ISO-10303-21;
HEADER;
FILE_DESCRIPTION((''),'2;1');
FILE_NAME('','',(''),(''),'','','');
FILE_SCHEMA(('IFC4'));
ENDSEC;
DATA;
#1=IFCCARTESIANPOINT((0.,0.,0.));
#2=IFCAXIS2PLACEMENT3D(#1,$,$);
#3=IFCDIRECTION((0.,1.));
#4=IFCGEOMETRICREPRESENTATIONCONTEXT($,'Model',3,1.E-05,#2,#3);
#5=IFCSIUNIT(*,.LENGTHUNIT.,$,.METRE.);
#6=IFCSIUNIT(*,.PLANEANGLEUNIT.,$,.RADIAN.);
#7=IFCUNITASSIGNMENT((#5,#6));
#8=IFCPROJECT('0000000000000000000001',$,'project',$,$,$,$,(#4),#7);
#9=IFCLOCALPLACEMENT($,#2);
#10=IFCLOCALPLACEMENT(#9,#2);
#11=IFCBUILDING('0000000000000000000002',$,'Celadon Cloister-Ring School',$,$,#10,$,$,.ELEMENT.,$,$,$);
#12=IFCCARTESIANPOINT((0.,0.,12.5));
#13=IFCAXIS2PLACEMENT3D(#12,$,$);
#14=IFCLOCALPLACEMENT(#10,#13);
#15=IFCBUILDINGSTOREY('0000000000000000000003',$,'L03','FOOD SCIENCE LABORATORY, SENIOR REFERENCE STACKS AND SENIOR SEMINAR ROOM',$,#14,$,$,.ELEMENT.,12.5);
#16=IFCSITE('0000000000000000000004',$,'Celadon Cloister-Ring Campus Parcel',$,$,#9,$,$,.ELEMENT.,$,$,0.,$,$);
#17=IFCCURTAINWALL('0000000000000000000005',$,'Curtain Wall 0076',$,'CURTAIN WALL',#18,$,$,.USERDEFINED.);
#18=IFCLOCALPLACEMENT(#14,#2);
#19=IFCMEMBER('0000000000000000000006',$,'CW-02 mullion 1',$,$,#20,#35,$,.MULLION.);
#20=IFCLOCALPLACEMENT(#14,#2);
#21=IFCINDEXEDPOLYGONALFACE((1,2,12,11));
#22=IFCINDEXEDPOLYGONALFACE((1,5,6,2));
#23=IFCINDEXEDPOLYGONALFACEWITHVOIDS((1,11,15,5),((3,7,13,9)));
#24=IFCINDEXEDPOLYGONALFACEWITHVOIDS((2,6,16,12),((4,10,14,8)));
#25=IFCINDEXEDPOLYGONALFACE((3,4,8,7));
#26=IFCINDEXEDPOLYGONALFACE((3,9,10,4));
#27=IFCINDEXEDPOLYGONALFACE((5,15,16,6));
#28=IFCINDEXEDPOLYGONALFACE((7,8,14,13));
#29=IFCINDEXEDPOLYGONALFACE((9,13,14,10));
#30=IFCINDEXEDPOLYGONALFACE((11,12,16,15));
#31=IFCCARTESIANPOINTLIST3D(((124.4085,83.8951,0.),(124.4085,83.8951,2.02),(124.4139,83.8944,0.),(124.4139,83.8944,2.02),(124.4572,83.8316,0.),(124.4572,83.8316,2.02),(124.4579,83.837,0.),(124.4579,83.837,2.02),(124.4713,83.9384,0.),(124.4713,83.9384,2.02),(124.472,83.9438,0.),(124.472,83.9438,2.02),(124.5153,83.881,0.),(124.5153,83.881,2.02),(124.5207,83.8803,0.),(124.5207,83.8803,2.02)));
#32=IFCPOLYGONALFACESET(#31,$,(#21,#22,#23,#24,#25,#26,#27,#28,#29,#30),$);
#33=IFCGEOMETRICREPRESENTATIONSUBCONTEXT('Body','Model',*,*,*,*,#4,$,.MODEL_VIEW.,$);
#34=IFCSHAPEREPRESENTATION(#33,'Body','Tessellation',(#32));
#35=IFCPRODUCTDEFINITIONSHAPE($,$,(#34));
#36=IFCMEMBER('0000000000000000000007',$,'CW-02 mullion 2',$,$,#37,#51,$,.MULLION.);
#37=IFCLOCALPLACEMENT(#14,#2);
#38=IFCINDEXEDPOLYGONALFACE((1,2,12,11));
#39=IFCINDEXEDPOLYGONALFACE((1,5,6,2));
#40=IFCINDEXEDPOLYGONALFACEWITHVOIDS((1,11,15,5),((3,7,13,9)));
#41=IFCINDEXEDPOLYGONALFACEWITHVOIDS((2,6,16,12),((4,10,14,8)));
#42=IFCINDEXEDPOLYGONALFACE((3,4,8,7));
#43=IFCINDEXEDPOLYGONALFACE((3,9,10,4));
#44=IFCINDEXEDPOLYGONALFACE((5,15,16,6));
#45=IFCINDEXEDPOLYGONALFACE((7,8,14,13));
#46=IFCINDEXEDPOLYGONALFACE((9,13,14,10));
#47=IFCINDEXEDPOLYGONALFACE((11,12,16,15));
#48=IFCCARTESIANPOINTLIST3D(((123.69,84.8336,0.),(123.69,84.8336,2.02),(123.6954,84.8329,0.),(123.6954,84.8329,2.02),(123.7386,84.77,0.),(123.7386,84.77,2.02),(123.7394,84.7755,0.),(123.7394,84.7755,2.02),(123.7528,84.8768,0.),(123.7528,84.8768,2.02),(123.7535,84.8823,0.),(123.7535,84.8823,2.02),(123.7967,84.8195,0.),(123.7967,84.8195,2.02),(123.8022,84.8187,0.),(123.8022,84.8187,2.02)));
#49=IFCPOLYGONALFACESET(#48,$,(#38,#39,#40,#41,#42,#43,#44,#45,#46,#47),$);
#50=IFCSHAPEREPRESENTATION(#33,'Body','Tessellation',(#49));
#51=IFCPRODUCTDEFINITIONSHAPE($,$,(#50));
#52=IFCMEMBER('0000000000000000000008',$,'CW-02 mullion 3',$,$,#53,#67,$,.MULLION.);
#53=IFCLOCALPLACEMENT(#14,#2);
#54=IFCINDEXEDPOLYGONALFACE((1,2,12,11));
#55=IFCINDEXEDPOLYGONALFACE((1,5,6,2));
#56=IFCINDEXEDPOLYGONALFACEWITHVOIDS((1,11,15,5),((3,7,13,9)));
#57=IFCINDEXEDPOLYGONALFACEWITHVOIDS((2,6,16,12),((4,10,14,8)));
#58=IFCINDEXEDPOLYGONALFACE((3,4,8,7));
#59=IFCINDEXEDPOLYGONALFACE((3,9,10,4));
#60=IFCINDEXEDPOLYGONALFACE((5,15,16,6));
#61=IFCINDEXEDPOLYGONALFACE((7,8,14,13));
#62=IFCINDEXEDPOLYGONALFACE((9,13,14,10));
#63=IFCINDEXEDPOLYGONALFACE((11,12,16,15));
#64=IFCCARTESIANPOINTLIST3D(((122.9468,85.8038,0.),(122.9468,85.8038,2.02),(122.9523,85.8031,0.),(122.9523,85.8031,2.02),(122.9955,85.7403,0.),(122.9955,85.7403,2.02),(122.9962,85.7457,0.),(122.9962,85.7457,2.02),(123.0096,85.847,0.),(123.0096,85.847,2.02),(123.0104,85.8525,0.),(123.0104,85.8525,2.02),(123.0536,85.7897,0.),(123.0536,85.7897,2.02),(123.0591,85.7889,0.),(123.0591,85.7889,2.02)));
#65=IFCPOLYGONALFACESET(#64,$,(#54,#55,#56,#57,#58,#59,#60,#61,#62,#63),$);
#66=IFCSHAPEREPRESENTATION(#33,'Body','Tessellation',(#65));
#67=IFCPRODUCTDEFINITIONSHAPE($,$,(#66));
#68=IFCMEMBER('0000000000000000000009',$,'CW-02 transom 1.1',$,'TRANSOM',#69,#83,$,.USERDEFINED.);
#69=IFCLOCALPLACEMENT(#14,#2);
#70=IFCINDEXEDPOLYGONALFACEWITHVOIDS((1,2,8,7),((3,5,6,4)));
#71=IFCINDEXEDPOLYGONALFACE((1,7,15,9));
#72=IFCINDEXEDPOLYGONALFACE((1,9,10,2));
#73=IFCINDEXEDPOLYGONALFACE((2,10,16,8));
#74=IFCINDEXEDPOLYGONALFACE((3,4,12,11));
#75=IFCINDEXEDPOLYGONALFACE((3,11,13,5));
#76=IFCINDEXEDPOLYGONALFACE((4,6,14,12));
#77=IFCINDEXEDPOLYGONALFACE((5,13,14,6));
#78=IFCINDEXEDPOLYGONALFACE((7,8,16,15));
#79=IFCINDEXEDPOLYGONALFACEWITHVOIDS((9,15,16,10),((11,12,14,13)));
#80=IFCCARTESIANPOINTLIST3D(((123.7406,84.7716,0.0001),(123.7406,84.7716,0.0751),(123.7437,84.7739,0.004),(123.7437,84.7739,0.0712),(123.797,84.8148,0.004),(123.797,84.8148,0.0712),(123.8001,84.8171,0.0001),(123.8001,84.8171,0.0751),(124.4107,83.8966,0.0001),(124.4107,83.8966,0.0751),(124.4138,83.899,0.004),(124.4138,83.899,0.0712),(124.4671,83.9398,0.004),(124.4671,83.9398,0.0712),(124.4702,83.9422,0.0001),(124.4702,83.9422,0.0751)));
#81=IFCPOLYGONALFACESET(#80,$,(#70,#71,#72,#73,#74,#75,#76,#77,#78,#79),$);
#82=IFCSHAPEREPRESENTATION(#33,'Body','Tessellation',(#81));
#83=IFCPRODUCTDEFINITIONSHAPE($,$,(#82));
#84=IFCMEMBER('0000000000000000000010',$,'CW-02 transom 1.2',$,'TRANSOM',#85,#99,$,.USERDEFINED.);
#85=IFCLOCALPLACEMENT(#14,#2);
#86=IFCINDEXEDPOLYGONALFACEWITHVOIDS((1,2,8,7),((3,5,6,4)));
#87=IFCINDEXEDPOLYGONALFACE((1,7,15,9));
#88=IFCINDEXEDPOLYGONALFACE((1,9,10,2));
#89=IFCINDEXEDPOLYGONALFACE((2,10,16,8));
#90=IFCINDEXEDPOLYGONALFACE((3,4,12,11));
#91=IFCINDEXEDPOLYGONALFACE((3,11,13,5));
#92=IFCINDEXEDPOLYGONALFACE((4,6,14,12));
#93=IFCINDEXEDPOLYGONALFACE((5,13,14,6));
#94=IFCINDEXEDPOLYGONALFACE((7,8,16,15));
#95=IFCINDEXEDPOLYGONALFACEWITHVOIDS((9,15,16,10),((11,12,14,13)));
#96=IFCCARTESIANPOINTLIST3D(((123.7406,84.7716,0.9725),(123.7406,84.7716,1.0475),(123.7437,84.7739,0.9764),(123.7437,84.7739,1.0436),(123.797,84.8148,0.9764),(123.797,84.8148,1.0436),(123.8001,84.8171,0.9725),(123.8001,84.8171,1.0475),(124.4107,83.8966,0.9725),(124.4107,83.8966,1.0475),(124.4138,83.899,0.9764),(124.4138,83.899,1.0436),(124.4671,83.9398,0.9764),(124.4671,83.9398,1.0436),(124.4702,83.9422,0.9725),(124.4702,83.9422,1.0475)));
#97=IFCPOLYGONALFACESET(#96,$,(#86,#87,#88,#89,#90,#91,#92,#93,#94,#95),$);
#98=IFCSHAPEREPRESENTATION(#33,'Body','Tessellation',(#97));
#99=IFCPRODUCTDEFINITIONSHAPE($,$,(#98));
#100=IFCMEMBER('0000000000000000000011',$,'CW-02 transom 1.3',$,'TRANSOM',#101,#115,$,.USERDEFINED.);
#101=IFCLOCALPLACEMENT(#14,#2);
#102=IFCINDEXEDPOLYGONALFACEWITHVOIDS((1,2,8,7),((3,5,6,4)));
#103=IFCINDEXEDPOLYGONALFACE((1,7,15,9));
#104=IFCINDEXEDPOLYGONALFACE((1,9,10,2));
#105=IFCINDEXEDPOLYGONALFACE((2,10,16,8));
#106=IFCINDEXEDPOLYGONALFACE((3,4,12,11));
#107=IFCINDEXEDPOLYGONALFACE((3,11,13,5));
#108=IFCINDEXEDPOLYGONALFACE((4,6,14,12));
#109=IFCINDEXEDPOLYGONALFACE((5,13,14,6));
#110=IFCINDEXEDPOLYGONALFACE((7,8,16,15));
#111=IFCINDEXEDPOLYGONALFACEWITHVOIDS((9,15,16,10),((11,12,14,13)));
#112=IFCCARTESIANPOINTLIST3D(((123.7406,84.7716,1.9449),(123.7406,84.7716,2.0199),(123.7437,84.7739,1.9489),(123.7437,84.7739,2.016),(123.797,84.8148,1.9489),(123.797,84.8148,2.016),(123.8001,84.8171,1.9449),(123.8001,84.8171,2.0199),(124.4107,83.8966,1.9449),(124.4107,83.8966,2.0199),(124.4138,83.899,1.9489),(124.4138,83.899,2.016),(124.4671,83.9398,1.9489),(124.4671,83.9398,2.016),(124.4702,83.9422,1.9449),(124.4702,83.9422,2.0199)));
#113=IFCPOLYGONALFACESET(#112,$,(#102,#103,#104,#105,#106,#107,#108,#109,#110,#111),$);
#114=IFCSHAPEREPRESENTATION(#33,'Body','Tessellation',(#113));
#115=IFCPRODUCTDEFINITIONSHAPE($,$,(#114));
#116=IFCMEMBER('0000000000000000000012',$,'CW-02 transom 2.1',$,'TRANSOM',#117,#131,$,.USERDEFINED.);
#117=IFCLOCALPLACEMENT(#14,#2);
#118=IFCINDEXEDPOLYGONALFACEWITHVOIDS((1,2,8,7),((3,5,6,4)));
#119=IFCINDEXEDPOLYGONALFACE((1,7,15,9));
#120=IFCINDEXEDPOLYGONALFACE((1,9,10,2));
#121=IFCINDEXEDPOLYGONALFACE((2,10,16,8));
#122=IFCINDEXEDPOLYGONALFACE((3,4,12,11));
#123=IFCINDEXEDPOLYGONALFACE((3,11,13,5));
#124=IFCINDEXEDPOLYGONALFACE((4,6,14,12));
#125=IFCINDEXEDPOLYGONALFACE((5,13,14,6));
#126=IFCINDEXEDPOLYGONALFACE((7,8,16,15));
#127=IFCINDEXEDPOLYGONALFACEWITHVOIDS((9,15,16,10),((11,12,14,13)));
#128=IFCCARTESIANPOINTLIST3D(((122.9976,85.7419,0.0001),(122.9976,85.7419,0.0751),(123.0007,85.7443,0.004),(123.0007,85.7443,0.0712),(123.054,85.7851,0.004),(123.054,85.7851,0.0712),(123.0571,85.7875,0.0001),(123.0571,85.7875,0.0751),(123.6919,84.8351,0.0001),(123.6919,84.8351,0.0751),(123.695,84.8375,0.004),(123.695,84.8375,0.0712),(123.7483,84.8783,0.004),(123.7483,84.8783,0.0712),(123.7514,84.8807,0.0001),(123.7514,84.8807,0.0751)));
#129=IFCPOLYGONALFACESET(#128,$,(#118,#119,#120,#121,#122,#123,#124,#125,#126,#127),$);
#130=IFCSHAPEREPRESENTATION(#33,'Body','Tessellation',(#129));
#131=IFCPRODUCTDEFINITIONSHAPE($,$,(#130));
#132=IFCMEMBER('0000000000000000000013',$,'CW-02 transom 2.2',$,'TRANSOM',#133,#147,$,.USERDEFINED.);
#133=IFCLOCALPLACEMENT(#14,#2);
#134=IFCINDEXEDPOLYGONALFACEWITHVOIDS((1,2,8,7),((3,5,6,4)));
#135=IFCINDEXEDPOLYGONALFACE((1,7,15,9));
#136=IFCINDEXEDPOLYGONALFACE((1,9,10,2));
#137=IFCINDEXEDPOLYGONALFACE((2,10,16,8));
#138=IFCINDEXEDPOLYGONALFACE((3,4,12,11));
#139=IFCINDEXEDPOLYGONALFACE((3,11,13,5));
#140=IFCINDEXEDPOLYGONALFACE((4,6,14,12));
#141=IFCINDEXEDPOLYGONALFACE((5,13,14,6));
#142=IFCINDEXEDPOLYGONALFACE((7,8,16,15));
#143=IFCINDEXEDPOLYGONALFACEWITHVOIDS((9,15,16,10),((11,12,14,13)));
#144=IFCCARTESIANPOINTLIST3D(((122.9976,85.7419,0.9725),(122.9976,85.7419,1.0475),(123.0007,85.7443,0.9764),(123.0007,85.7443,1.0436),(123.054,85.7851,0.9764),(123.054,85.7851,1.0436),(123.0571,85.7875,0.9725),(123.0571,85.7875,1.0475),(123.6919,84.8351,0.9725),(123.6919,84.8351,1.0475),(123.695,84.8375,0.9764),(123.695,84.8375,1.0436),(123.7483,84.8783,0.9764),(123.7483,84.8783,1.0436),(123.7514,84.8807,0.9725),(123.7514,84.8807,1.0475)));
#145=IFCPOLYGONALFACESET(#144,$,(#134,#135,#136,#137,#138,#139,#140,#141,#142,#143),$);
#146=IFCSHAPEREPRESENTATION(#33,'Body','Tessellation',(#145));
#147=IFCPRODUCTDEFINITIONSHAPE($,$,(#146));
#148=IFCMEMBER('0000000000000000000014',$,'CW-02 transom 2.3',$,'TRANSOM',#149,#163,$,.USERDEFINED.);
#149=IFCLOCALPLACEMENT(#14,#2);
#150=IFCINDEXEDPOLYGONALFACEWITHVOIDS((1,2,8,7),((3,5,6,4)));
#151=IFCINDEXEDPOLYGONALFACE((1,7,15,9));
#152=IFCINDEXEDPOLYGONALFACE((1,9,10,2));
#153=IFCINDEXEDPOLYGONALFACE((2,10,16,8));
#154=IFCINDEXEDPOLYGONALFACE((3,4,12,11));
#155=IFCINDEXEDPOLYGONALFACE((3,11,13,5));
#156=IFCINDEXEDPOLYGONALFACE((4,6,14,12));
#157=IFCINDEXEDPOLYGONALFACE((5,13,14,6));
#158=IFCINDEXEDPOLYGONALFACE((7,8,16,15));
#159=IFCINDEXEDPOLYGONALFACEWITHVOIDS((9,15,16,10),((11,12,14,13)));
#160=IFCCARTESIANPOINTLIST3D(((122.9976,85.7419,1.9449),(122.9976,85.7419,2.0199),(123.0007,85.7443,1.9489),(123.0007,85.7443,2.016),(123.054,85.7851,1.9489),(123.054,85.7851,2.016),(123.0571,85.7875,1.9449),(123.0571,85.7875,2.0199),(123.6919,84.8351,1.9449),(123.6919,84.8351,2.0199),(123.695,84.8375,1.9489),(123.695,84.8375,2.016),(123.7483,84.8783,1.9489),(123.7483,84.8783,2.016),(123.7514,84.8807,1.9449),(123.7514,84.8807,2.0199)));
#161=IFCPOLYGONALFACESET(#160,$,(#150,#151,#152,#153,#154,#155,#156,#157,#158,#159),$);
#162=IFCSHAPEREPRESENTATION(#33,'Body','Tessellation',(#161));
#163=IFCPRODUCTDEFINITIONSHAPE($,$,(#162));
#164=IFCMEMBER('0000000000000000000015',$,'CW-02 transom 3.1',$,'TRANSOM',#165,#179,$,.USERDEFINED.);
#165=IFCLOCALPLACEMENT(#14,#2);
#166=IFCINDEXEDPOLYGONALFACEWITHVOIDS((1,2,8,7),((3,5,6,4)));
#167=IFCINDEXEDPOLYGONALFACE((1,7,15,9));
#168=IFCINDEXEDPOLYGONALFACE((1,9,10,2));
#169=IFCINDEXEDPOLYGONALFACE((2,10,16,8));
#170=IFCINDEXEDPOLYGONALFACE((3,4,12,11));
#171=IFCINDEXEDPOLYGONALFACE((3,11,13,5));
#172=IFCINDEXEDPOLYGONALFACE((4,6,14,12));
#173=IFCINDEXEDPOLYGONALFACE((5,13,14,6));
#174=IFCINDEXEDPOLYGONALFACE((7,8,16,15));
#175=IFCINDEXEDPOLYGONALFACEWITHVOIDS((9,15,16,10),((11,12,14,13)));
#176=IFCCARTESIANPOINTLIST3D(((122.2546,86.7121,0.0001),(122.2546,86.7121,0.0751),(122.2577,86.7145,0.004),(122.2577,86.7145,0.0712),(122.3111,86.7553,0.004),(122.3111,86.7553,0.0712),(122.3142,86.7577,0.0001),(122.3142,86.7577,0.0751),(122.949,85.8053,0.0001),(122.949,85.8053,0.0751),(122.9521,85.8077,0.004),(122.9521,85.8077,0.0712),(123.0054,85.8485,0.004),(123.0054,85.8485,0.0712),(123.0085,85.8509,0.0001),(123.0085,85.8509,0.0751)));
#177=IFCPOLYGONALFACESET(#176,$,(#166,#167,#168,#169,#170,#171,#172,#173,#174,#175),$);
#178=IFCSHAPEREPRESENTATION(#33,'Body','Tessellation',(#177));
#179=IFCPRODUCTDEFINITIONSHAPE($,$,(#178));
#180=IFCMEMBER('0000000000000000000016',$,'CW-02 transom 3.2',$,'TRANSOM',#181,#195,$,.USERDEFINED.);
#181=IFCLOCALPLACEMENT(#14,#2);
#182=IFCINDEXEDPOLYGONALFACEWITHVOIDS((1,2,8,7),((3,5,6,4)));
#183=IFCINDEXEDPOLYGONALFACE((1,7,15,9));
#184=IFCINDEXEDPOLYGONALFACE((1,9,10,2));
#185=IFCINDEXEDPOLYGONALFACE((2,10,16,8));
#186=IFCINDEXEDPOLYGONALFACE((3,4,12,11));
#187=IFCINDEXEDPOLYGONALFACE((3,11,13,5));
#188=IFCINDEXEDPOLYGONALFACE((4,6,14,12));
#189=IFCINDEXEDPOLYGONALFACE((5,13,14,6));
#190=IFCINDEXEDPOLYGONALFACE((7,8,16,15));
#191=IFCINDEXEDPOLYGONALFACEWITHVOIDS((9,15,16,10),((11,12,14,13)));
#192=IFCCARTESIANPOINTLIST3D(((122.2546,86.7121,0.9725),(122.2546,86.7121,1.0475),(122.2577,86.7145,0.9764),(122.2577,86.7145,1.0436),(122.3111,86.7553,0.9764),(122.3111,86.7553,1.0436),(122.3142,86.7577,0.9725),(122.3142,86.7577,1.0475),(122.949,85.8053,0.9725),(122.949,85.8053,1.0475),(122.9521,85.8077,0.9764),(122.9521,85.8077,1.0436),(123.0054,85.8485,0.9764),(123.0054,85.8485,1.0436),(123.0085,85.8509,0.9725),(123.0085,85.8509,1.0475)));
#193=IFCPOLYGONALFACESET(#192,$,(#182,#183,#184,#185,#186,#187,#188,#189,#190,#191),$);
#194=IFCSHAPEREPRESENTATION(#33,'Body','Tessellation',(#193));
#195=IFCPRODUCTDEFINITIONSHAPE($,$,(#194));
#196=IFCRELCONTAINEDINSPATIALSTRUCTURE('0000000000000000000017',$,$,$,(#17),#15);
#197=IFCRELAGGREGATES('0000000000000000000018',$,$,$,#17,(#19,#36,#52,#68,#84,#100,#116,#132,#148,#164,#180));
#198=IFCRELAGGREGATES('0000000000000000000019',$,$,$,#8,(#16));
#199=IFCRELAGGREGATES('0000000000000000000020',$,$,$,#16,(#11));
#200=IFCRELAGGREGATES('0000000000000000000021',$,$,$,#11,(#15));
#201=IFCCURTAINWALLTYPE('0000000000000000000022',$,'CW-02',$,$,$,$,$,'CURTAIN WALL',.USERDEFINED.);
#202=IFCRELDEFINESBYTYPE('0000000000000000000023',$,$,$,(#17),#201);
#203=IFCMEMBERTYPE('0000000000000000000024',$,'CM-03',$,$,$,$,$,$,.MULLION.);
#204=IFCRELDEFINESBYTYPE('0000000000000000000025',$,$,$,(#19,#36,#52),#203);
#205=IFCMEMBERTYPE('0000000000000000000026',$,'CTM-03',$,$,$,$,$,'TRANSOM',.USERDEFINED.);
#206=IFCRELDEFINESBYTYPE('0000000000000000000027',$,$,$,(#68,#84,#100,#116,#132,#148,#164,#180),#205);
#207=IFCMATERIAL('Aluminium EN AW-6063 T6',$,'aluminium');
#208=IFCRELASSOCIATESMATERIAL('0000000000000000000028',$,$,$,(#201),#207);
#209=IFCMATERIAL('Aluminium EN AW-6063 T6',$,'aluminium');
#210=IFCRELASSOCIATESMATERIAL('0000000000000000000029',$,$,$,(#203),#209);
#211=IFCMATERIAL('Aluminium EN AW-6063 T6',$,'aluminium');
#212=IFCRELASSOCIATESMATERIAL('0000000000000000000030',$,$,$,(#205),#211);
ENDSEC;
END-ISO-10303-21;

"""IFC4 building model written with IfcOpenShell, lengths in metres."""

from ifc_helpers import new_model, si_unit, direction, frame, origin, origin_2d, place, context, subcontext, project, spatial, hollow_rectangle, extrude, material, material_profile, profile_set, type_object, element, aggregate, save


model = new_model("IFC4")

# Units and contexts
model_context = context("Model", 3, precision=1e-05, world=origin(), true_north=direction((0.0, 1.0)))
body_context = subcontext(model_context, "Body", "Model", "MODEL_VIEW")
ifc_project = project(units=[si_unit("LENGTHUNIT", "METRE"), si_unit("PLANEANGLEUNIT", "RADIAN")], contexts=[model_context])

# Site, building, storey
site_placement = place(None, origin())
site = spatial("IfcSite", under=ifc_project, at=site_placement, Name="Celadon Cloister-Ring Campus Parcel", CompositionType="ELEMENT", RefElevation=0.0)
building_placement = place(site_placement, origin())
building = spatial("IfcBuilding", under=site, at=building_placement, Name="Celadon Cloister-Ring School", CompositionType="ELEMENT")
storey_placement = place(building_placement, frame((0.0, 0.0, 12.5)))
storey = spatial("IfcBuildingStorey", under=building, at=storey_placement, Name="L03", Description="FOOD SCIENCE LABORATORY, SENIOR REFERENCE STACKS AND SENIOR SEMINAR ROOM", CompositionType="ELEMENT", Elevation=12.5)

# Curtain wall, members
ifc_material_1 = material(Name="Aluminium EN AW-6063 T6", Category="aluminium")
curtain_wall_type = type_object("IfcCurtainWallType", Name="CW-02", ElementType="CURTAIN WALL", PredefinedType="USERDEFINED", material=ifc_material_1)
curtain_wall_placement = place(storey_placement, origin())
curtain_wall = element("IfcCurtainWall", 1, at=curtain_wall_placement, inside=storey, type_object=curtain_wall_type, Name="Curtain Wall 0076", ObjectType="CURTAIN WALL", PredefinedType="USERDEFINED")
ifc_material_2 = material(Name="Aluminium EN AW-6063 T6", Category="aluminium")
ifc_material_profile_1 = material_profile(ifc_material_2, hollow_rectangle(XDim=0.0801, YDim=0.0801, WallThickness=0.0039, at=origin_2d()), Name="RHS80X80X4")
ifc_profile_set_1 = profile_set([ifc_material_profile_1], Name="Aluminium EN AW-6063 T6")
member_type_1 = type_object("IfcMemberType", Name="CM-03", PredefinedType="MULLION", material=ifc_profile_set_1)
member_1_placement = place(storey_placement, frame((124.4646, 83.8877, 0.0), z_axis=(0.0, 0.0, 1.0), x_axis=(-0.79393, -0.608009, 0.0)))
member_1 = element("IfcMember", 2, at=member_1_placement, type_object=member_type_1, Name="CW-02 mullion 1", PredefinedType="MULLION", context=body_context, shape_type="SweptSolid", body=[
    extrude(hollow_rectangle(XDim=0.0801, YDim=0.0801, WallThickness=0.0039, at=origin_2d()), origin(), (0.0, 0.0, 1.0), 2.02),
])
member_2_placement = place(storey_placement, frame((123.7461, 84.8262, 0.0), z_axis=(0.0, 0.0, 1.0), x_axis=(-0.79393, -0.608009, 0.0)))
member_2 = element("IfcMember", 3, at=member_2_placement, type_object=member_type_1, Name="CW-02 mullion 2", PredefinedType="MULLION", context=body_context, shape_type="SweptSolid", body=[
    extrude(hollow_rectangle(XDim=0.0801, YDim=0.0801, WallThickness=0.0039, at=origin_2d()), origin(), (0.0, 0.0, 1.0), 2.02),
])
member_3_placement = place(storey_placement, frame((123.0029, 85.7964, 0.0), z_axis=(0.0, 0.0, 1.0), x_axis=(-0.79393, -0.608009, 0.0)))
member_3 = element("IfcMember", 4, at=member_3_placement, type_object=member_type_1, Name="CW-02 mullion 3", PredefinedType="MULLION", context=body_context, shape_type="SweptSolid", body=[
    extrude(hollow_rectangle(XDim=0.0801, YDim=0.0801, WallThickness=0.0039, at=origin_2d()), origin(), (0.0, 0.0, 1.0), 2.02),
])
ifc_material_3 = material(Name="Aluminium EN AW-6063 T6", Category="aluminium")
ifc_material_profile_2 = material_profile(ifc_material_3, hollow_rectangle(XDim=0.075, YDim=0.075, WallThickness=0.0039, at=origin_2d()), Name="RHS75X75X4")
ifc_profile_set_2 = profile_set([ifc_material_profile_2], Name="Aluminium EN AW-6063 T6")
member_type_2 = type_object("IfcMemberType", Name="CTM-03", ElementType="TRANSOM", PredefinedType="USERDEFINED", material=ifc_profile_set_2)
member_4_placement = place(storey_placement, frame((124.4404, 83.9194, 0.0376), z_axis=(-0.60805, 0.793899, 0.0), x_axis=(-0.793899, -0.60805, 0.0)))
member_4 = element("IfcMember", 5, at=member_4_placement, type_object=member_type_2, Name="CW-02 transom 1.1", ObjectType="TRANSOM", PredefinedType="USERDEFINED", context=body_context, shape_type="SweptSolid", body=[
    extrude(hollow_rectangle(XDim=0.075, YDim=0.075, WallThickness=0.0039, at=origin_2d()), origin(), (0.0, 0.0, 1.0), 1.1021),
])
member_5_placement = place(storey_placement, frame((124.4404, 83.9194, 1.01), z_axis=(-0.60805, 0.793899, 0.0), x_axis=(-0.793899, -0.60805, 0.0)))
member_5 = element("IfcMember", 6, at=member_5_placement, type_object=member_type_2, Name="CW-02 transom 1.2", ObjectType="TRANSOM", PredefinedType="USERDEFINED", context=body_context, shape_type="SweptSolid", body=[
    extrude(hollow_rectangle(XDim=0.075, YDim=0.075, WallThickness=0.0039, at=origin_2d()), origin(), (0.0, 0.0, 1.0), 1.1021),
])
member_6_placement = place(storey_placement, frame((124.4404, 83.9194, 1.9824), z_axis=(-0.60805, 0.793899, 0.0), x_axis=(-0.793899, -0.60805, 0.0)))
member_6 = element("IfcMember", 7, at=member_6_placement, type_object=member_type_2, Name="CW-02 transom 1.3", ObjectType="TRANSOM", PredefinedType="USERDEFINED", context=body_context, shape_type="SweptSolid", body=[
    extrude(hollow_rectangle(XDim=0.075, YDim=0.075, WallThickness=0.0039, at=origin_2d()), origin(), (0.0, 0.0, 1.0), 1.1021),
])
member_7_placement = place(storey_placement, frame((123.7217, 84.8579, 0.0376), z_axis=(-0.607974, 0.793957, 0.0), x_axis=(-0.793957, -0.607974, 0.0)))
member_7 = element("IfcMember", 8, at=member_7_placement, type_object=member_type_2, Name="CW-02 transom 2.1", ObjectType="TRANSOM", PredefinedType="USERDEFINED", context=body_context, shape_type="SweptSolid", body=[
    extrude(hollow_rectangle(XDim=0.075, YDim=0.075, WallThickness=0.0039, at=origin_2d()), origin(), (0.0, 0.0, 1.0), 1.1421),
])
member_8_placement = place(storey_placement, frame((123.7217, 84.8579, 1.01), z_axis=(-0.607974, 0.793957, 0.0), x_axis=(-0.793957, -0.607974, 0.0)))
member_8 = element("IfcMember", 9, at=member_8_placement, type_object=member_type_2, Name="CW-02 transom 2.2", ObjectType="TRANSOM", PredefinedType="USERDEFINED", context=body_context, shape_type="SweptSolid", body=[
    extrude(hollow_rectangle(XDim=0.075, YDim=0.075, WallThickness=0.0039, at=origin_2d()), origin(), (0.0, 0.0, 1.0), 1.1421),
])
member_9_placement = place(storey_placement, frame((123.7217, 84.8579, 1.9824), z_axis=(-0.607974, 0.793957, 0.0), x_axis=(-0.793957, -0.607974, 0.0)))
member_9 = element("IfcMember", 10, at=member_9_placement, type_object=member_type_2, Name="CW-02 transom 2.3", ObjectType="TRANSOM", PredefinedType="USERDEFINED", context=body_context, shape_type="SweptSolid", body=[
    extrude(hollow_rectangle(XDim=0.075, YDim=0.075, WallThickness=0.0039, at=origin_2d()), origin(), (0.0, 0.0, 1.0), 1.1421),
])
member_10_placement = place(storey_placement, frame((122.9788, 85.8281, 0.0376), z_axis=(-0.607974, 0.793957, 0.0), x_axis=(-0.793957, -0.607974, 0.0)))
member_10 = element("IfcMember", 11, at=member_10_placement, type_object=member_type_2, Name="CW-02 transom 3.1", ObjectType="TRANSOM", PredefinedType="USERDEFINED", context=body_context, shape_type="SweptSolid", body=[
    extrude(hollow_rectangle(XDim=0.075, YDim=0.075, WallThickness=0.0039, at=origin_2d()), origin(), (0.0, 0.0, 1.0), 1.1421),
])
member_11_placement = place(storey_placement, frame((122.9788, 85.8281, 1.01), z_axis=(-0.607974, 0.793957, 0.0), x_axis=(-0.793957, -0.607974, 0.0)))
member_11 = element("IfcMember", 12, at=member_11_placement, type_object=member_type_2, Name="CW-02 transom 3.2", ObjectType="TRANSOM", PredefinedType="USERDEFINED", context=body_context, shape_type="SweptSolid", body=[
    extrude(hollow_rectangle(XDim=0.075, YDim=0.075, WallThickness=0.0039, at=origin_2d()), origin(), (0.0, 0.0, 1.0), 1.1421),
])

aggregate(curtain_wall, [member_1, member_2, member_3, member_4, member_5, member_6, member_7, member_8, member_9, member_10, member_11])

save(model, "model.ifc")
